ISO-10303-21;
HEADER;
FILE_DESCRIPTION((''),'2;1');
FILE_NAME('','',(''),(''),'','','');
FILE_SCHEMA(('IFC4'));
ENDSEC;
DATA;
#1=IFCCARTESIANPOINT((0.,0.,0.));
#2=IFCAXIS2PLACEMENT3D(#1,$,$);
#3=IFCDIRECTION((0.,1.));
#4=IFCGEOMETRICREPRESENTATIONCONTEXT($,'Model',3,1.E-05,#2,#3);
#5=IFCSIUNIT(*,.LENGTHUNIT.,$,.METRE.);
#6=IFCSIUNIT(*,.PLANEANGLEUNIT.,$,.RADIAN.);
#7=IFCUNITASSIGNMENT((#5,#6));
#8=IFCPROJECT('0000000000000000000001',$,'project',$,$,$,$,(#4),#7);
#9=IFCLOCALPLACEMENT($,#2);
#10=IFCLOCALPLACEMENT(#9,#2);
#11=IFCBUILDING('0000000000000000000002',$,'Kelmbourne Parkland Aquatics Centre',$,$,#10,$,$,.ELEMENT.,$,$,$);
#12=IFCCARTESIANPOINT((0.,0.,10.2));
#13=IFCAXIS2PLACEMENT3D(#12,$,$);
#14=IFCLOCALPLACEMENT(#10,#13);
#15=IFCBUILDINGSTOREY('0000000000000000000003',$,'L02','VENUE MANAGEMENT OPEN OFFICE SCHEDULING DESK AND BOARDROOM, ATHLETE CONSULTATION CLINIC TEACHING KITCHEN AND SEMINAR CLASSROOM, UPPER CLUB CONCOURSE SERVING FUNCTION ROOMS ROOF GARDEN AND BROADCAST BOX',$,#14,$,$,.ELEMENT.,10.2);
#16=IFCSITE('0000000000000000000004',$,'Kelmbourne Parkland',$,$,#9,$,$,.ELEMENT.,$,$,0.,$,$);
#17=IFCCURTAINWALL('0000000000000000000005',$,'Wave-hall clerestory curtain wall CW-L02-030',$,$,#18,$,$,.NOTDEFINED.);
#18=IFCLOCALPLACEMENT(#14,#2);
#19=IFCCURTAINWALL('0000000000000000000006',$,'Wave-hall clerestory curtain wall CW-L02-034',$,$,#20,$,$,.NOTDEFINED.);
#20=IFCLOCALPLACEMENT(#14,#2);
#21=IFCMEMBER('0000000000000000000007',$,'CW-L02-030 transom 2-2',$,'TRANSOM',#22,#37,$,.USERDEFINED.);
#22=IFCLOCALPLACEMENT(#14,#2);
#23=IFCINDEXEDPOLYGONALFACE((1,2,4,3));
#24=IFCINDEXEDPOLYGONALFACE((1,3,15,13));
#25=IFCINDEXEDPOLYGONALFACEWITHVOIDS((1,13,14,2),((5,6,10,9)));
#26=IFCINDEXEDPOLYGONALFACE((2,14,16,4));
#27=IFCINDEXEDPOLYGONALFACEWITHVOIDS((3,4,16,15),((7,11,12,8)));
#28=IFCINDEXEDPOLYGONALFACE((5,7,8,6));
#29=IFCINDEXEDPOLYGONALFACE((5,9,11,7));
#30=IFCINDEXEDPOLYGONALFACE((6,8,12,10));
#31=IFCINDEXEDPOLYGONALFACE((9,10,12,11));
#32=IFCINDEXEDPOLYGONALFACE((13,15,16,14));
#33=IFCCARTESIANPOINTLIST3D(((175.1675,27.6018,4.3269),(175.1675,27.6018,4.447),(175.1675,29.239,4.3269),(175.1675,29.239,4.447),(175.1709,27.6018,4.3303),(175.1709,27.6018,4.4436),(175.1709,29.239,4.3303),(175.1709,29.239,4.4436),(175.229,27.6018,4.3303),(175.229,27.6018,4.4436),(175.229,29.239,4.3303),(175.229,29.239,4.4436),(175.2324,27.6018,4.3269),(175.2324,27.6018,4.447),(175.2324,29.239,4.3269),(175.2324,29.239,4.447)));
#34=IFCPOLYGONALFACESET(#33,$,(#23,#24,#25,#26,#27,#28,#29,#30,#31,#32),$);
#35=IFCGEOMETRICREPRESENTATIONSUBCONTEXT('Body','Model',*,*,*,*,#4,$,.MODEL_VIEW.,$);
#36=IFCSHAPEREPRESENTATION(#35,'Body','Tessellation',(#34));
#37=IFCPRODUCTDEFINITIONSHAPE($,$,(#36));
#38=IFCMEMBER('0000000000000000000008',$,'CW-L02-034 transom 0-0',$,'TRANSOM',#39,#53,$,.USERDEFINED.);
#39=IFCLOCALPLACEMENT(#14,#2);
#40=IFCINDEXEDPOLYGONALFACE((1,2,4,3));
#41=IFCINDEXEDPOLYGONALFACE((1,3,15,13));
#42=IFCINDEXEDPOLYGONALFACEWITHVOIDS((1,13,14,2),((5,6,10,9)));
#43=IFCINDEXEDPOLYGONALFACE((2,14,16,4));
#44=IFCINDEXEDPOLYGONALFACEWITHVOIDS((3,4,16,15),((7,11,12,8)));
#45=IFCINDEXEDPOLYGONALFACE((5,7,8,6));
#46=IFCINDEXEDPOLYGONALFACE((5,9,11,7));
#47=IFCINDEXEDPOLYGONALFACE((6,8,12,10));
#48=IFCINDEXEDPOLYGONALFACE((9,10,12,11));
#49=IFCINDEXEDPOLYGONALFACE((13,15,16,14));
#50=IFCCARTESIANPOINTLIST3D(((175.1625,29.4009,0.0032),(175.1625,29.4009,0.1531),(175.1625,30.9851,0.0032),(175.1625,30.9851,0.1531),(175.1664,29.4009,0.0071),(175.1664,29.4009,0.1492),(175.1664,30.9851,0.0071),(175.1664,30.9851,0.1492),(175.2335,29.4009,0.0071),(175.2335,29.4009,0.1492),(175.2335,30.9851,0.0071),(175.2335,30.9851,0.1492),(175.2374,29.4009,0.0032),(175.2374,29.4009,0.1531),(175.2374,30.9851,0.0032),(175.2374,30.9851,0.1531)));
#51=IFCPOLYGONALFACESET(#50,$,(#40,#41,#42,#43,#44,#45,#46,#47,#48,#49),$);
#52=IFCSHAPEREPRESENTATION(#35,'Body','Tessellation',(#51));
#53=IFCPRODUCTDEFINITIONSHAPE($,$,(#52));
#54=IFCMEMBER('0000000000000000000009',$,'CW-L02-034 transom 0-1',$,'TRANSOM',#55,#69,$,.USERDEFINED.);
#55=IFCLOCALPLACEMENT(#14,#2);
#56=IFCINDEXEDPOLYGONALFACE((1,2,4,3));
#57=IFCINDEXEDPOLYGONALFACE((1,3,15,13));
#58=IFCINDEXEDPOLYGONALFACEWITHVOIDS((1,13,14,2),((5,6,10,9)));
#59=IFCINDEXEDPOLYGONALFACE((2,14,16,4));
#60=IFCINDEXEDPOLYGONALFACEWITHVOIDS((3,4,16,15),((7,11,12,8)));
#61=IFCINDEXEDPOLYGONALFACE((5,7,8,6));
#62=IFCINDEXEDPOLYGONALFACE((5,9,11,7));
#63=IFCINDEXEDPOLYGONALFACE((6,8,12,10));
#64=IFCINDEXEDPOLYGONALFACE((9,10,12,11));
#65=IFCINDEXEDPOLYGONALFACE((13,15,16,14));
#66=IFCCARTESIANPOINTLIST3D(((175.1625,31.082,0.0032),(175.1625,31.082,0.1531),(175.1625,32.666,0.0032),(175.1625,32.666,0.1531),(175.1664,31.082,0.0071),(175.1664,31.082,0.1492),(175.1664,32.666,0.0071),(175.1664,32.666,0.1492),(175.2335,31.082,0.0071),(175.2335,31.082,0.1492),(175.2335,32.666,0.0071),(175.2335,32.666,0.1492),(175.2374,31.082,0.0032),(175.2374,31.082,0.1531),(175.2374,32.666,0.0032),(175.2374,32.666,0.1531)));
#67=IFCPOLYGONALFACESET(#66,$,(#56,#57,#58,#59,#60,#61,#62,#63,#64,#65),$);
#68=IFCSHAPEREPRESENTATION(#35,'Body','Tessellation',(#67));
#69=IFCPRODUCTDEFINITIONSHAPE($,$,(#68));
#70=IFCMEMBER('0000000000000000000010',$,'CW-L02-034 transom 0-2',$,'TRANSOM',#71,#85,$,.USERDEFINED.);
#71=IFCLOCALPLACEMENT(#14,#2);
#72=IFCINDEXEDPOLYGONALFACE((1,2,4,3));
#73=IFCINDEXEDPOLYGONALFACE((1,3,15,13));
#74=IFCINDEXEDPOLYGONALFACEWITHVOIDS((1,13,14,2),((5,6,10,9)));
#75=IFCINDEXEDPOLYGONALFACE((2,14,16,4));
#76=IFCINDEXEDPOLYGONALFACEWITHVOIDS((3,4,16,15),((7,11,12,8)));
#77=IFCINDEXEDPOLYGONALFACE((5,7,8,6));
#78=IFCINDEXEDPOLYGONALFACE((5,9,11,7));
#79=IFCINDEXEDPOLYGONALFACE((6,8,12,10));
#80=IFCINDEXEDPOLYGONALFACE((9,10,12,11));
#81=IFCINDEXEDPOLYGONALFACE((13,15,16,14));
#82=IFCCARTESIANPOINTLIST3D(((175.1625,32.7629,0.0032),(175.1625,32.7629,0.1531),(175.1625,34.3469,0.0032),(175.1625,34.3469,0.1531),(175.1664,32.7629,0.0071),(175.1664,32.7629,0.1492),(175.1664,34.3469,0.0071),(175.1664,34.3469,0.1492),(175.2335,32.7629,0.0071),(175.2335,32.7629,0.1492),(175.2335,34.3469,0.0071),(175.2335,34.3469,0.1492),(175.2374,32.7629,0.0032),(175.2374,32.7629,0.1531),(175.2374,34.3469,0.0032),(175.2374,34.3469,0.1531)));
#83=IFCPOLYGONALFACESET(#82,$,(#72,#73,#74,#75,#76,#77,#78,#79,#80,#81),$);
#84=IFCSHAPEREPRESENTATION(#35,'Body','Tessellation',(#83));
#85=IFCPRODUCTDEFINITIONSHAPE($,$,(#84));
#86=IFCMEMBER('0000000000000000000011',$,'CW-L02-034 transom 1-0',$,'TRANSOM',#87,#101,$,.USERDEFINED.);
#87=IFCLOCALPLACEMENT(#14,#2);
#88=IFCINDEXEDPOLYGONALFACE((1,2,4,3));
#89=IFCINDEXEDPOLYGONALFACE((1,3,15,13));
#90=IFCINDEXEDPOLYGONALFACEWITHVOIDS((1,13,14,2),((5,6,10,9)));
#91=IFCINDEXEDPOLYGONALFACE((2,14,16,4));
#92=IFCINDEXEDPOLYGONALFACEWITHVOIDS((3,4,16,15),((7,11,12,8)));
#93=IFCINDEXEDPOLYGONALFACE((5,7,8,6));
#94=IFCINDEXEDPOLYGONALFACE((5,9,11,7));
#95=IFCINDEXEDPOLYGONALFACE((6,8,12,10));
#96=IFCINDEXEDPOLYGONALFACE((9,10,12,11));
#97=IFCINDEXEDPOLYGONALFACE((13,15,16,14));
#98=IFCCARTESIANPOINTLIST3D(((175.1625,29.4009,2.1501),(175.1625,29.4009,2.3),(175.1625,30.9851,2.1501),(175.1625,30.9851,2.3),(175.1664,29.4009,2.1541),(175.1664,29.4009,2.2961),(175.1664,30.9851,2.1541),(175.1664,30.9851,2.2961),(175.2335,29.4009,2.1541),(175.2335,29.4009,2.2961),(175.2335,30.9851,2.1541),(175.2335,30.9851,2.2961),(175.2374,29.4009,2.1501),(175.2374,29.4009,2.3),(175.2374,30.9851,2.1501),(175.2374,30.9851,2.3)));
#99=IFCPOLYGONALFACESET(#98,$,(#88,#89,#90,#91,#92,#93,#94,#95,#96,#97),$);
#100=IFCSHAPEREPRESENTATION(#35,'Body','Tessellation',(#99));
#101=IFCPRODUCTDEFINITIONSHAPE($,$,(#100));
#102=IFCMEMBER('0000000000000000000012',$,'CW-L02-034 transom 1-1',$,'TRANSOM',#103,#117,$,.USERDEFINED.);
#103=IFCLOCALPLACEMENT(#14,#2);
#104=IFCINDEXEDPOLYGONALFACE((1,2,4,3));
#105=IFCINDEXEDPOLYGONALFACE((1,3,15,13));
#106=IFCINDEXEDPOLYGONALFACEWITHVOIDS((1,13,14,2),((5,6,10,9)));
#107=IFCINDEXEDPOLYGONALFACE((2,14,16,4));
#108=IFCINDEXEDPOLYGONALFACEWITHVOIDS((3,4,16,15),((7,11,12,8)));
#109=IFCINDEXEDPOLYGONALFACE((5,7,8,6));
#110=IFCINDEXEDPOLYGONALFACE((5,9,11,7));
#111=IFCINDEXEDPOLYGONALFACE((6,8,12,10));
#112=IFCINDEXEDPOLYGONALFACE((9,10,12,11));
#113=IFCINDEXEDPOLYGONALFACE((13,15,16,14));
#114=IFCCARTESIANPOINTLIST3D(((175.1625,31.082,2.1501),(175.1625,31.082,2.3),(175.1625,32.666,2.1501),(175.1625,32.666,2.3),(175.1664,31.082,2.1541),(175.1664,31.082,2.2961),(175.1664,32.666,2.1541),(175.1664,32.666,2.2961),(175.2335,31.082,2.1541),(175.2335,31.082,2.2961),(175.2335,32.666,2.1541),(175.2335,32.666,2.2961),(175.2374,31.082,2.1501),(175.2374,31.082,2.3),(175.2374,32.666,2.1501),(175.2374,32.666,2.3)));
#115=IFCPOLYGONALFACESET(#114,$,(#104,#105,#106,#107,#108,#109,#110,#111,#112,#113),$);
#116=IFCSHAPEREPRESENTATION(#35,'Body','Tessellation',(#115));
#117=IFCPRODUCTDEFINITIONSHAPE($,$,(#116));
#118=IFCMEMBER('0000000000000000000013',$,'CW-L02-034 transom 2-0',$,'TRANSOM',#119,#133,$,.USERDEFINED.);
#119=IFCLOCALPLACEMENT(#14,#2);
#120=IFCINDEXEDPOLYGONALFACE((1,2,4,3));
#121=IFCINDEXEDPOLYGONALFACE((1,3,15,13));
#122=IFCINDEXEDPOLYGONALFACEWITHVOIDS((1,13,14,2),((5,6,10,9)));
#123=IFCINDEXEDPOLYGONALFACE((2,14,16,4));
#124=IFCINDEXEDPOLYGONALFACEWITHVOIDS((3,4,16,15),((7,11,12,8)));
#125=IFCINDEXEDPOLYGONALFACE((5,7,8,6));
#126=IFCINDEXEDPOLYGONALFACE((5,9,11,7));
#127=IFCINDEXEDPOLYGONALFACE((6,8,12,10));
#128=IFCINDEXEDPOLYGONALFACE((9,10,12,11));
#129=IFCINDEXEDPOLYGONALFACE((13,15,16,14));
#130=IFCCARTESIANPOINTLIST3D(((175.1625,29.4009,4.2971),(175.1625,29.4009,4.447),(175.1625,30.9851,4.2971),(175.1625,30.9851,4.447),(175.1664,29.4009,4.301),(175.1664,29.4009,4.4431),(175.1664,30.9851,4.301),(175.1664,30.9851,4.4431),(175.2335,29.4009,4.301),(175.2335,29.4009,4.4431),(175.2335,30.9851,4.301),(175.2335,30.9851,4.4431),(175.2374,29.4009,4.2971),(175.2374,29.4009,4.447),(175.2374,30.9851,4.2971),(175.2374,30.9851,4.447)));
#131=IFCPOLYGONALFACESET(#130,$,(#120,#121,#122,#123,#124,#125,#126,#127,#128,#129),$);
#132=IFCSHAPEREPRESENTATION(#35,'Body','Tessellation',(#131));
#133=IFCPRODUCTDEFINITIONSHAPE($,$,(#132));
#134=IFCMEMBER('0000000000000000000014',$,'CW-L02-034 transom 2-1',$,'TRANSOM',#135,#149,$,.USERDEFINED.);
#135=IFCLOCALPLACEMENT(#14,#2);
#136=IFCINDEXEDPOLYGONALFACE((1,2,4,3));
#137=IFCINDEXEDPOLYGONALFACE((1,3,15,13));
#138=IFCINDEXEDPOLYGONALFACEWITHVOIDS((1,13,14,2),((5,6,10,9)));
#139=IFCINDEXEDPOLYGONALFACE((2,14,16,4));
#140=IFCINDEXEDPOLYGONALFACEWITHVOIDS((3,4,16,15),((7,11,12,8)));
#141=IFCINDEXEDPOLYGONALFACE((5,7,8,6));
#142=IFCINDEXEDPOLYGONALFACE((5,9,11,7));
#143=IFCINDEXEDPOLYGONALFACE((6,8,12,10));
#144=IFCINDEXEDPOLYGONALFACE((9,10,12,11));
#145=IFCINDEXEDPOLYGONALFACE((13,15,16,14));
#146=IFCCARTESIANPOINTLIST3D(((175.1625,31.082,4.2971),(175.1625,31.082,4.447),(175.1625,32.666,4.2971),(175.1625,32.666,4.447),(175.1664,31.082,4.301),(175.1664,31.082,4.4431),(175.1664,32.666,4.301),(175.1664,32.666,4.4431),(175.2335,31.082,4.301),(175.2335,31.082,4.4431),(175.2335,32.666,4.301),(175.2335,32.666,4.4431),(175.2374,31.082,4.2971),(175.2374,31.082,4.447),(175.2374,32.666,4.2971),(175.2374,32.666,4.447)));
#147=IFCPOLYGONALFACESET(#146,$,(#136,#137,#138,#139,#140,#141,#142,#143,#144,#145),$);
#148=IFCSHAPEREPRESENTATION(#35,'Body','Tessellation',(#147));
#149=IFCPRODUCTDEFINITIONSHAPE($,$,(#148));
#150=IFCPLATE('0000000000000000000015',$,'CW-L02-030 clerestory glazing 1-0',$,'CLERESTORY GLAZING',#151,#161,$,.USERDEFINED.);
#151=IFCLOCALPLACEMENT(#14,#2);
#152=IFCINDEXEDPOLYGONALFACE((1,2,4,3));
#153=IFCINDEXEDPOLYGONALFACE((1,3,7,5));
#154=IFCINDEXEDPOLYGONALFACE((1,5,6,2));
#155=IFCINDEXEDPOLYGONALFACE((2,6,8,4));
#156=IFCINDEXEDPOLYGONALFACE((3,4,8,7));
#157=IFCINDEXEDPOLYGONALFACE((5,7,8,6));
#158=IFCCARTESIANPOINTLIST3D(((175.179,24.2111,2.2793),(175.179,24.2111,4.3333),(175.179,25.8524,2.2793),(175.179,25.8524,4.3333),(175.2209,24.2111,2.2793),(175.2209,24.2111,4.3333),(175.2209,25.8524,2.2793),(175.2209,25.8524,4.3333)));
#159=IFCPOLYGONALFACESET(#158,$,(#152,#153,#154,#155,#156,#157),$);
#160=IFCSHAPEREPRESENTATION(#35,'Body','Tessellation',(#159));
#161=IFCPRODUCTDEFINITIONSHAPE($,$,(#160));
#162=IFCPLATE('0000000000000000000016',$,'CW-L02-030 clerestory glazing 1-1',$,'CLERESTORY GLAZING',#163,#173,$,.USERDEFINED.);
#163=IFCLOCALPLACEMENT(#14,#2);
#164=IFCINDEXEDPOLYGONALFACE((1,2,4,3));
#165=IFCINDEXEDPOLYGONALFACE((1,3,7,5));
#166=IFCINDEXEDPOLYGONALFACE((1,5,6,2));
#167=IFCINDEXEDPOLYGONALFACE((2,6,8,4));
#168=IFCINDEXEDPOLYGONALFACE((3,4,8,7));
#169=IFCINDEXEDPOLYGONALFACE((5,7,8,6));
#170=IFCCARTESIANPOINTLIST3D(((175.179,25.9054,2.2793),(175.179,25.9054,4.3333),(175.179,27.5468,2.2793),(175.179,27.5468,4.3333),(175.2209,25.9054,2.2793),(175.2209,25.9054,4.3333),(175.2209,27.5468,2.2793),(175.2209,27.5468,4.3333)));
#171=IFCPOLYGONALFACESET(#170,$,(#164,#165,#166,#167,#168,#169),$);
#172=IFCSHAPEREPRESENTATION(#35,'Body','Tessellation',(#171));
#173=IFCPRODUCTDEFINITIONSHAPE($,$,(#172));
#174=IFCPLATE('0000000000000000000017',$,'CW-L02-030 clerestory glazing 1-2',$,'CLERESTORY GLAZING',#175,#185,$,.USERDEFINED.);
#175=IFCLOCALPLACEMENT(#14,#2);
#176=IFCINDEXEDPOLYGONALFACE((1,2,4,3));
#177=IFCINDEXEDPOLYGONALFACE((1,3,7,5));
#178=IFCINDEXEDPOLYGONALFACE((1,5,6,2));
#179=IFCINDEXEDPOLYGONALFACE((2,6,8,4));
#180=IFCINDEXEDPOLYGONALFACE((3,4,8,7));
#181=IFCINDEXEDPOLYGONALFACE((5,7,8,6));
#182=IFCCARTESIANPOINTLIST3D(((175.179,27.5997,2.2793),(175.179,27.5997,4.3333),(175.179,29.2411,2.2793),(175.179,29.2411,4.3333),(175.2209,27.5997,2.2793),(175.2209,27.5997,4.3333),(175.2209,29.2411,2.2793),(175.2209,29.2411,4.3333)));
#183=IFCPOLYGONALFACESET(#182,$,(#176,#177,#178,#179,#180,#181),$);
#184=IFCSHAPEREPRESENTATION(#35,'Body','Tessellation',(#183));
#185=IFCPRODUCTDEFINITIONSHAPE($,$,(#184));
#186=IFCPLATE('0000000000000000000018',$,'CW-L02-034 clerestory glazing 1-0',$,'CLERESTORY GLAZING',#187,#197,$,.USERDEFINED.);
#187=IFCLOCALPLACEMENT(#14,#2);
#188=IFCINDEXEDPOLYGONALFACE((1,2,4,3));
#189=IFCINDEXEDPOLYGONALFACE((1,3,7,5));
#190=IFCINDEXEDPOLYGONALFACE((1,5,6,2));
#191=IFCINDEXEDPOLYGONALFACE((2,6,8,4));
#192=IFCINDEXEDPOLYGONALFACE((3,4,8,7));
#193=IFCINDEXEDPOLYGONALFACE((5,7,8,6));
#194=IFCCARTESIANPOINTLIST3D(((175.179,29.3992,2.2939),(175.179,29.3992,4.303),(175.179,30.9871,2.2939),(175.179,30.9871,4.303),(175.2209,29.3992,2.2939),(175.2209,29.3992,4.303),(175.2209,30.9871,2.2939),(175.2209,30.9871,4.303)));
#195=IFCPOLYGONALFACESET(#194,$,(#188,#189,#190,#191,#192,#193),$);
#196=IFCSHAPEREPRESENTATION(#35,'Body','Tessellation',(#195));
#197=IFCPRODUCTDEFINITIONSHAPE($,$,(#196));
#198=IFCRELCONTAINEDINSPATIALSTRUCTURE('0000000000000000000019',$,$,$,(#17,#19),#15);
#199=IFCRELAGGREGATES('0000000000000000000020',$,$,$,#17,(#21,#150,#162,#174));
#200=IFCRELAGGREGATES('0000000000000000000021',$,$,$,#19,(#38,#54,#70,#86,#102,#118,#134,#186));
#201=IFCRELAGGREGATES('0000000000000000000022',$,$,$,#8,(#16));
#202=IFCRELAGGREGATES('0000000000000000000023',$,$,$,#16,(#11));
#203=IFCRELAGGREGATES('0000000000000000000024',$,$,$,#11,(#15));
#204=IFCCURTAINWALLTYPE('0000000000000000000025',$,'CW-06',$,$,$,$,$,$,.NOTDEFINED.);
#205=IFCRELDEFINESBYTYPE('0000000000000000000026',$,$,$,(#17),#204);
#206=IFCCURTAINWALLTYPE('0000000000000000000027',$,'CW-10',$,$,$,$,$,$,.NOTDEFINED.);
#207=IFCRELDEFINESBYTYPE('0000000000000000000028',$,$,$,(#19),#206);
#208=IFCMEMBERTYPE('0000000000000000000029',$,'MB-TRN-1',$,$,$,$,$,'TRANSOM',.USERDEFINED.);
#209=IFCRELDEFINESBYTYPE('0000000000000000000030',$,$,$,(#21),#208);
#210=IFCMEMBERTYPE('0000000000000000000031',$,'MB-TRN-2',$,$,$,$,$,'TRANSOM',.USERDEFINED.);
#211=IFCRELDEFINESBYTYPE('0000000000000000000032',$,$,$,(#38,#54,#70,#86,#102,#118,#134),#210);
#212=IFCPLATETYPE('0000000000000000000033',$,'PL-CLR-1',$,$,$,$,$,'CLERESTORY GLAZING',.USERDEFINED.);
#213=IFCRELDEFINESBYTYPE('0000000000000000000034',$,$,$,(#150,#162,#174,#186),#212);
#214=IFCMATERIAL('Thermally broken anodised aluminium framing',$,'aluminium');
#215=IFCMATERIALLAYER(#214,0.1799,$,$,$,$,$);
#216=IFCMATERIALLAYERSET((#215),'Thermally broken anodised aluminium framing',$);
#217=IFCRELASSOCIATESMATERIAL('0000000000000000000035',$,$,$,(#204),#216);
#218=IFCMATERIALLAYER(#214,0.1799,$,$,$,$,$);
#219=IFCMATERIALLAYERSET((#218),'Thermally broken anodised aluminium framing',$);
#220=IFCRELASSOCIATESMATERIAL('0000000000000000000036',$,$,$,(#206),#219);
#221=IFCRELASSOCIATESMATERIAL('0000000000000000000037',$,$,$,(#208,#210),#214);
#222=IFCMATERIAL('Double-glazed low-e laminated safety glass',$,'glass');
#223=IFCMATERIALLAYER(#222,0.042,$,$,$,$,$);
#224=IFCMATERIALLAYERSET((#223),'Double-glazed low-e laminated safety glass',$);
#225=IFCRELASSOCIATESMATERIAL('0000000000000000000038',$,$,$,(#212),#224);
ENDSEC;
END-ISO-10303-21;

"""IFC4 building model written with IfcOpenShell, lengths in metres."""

from ifc_helpers import new_model, si_unit, direction, frame, origin, origin_2d, place, context, subcontext, project, spatial, rectangle, hollow_rectangle, extrude, material, layer, layer_set, material_profile, profile_set, type_object, element, aggregate, save


model = new_model("IFC4")

# Units and contexts
model_context = context("Model", 3, precision=1e-05, world=origin(), true_north=direction((0.0, 1.0)))
body_context = subcontext(model_context, "Body", "Model", "MODEL_VIEW")
ifc_project = project(units=[si_unit("LENGTHUNIT", "METRE"), si_unit("PLANEANGLEUNIT", "RADIAN")], contexts=[model_context])

# Site, building, storey
site_placement = place(None, origin())
site = spatial("IfcSite", under=ifc_project, at=site_placement, Name="Kelmbourne Parkland", CompositionType="ELEMENT", RefElevation=0.0)
building_placement = place(site_placement, origin())
building = spatial("IfcBuilding", under=site, at=building_placement, Name="Kelmbourne Parkland Aquatics Centre", CompositionType="ELEMENT")
storey_placement = place(building_placement, frame((0.0, 0.0, 10.2)))
storey = spatial("IfcBuildingStorey", under=building, at=storey_placement, Name="L02", Description="VENUE MANAGEMENT OPEN OFFICE SCHEDULING DESK AND BOARDROOM, ATHLETE CONSULTATION CLINIC TEACHING KITCHEN AND SEMINAR CLASSROOM, UPPER CLUB CONCOURSE SERVING FUNCTION ROOMS ROOF GARDEN AND BROADCAST BOX", CompositionType="ELEMENT", Elevation=10.2)

# Curtain walls
ifc_material_1 = material(Name="Thermally broken anodised aluminium framing", Category="aluminium")
ifc_layer_1 = layer(ifc_material_1, 0.1799)
ifc_layer_set_1 = layer_set([ifc_layer_1], Name="Thermally broken anodised aluminium framing")
curtain_wall_type_1 = type_object("IfcCurtainWallType", Name="CW-06", PredefinedType="NOTDEFINED", material=ifc_layer_set_1)
curtain_wall_1_placement = place(storey_placement, origin())
curtain_wall_1 = element("IfcCurtainWall", 1, at=curtain_wall_1_placement, inside=storey, type_object=curtain_wall_type_1, Name="Wave-hall clerestory curtain wall CW-L02-030", PredefinedType="NOTDEFINED")
ifc_layer_2 = layer(ifc_material_1, 0.1799)
ifc_layer_set_2 = layer_set([ifc_layer_2], Name="Thermally broken anodised aluminium framing")
curtain_wall_type_2 = type_object("IfcCurtainWallType", Name="CW-10", PredefinedType="NOTDEFINED", material=ifc_layer_set_2)
curtain_wall_2_placement = place(storey_placement, origin())
curtain_wall_2 = element("IfcCurtainWall", 2, at=curtain_wall_2_placement, inside=storey, type_object=curtain_wall_type_2, Name="Wave-hall clerestory curtain wall CW-L02-034", PredefinedType="NOTDEFINED")

# Members
ifc_material_profile_1 = material_profile(ifc_material_1, hollow_rectangle(XDim=0.0649, YDim=0.1201, WallThickness=0.0034, at=origin_2d()), Name="CW-T 65x120")
ifc_profile_set_1 = profile_set([ifc_material_profile_1], Name="Thermally broken anodised aluminium framing")
member_type_1 = type_object("IfcMemberType", Name="MB-TRN-1", ElementType="TRANSOM", PredefinedType="USERDEFINED", material=ifc_profile_set_1)
member_1_placement = place(storey_placement, frame((175.2, 27.6018, 4.387), z_axis=(0.0, 1.0, 0.0), x_axis=(-1.0, 0.0, 0.0)))
member_1 = element("IfcMember", 3, at=member_1_placement, type_object=member_type_1, Name="CW-L02-030 transom 2-2", ObjectType="TRANSOM", PredefinedType="USERDEFINED", context=body_context, shape_type="SweptSolid", body=[
    extrude(hollow_rectangle(XDim=0.0649, YDim=0.1201, WallThickness=0.0034, at=origin_2d()), origin(), (0.0, 0.0, 1.0), 1.6372),
])
ifc_material_profile_2 = material_profile(ifc_material_1, hollow_rectangle(XDim=0.075, YDim=0.1499, WallThickness=0.0039, at=origin_2d()), Name="CW-T 75x150")
ifc_profile_set_2 = profile_set([ifc_material_profile_2], Name="Thermally broken anodised aluminium framing")
member_type_2 = type_object("IfcMemberType", Name="MB-TRN-2", ElementType="TRANSOM", PredefinedType="USERDEFINED", material=ifc_profile_set_2)
member_2_placement = place(storey_placement, frame((175.2, 29.4009, 0.0781), z_axis=(0.0, 1.0, 0.0), x_axis=(-1.0, 0.0, 0.0)))
member_2 = element("IfcMember", 4, at=member_2_placement, type_object=member_type_2, Name="CW-L02-034 transom 0-0", ObjectType="TRANSOM", PredefinedType="USERDEFINED", context=body_context, shape_type="SweptSolid", body=[
    extrude(hollow_rectangle(XDim=0.075, YDim=0.1499, WallThickness=0.0039, at=origin_2d()), origin(), (0.0, 0.0, 1.0), 1.5842),
])
member_3_placement = place(storey_placement, frame((175.2, 31.082, 0.0781), z_axis=(0.0, 1.0, 0.0), x_axis=(-1.0, 0.0, 0.0)))
member_3 = element("IfcMember", 5, at=member_3_placement, type_object=member_type_2, Name="CW-L02-034 transom 0-1", ObjectType="TRANSOM", PredefinedType="USERDEFINED", context=body_context, shape_type="SweptSolid", body=[
    extrude(hollow_rectangle(XDim=0.075, YDim=0.1499, WallThickness=0.0039, at=origin_2d()), origin(), (0.0, 0.0, 1.0), 1.584),
])
member_4_placement = place(storey_placement, frame((175.2, 32.7629, 0.0781), z_axis=(0.0, 1.0, 0.0), x_axis=(-1.0, 0.0, 0.0)))
member_4 = element("IfcMember", 6, at=member_4_placement, type_object=member_type_2, Name="CW-L02-034 transom 0-2", ObjectType="TRANSOM", PredefinedType="USERDEFINED", context=body_context, shape_type="SweptSolid", body=[
    extrude(hollow_rectangle(XDim=0.075, YDim=0.1499, WallThickness=0.0039, at=origin_2d()), origin(), (0.0, 0.0, 1.0), 1.584),
])
member_5_placement = place(storey_placement, frame((175.2, 29.4009, 2.2251), z_axis=(0.0, 1.0, 0.0), x_axis=(-1.0, 0.0, 0.0)))
member_5 = element("IfcMember", 7, at=member_5_placement, type_object=member_type_2, Name="CW-L02-034 transom 1-0", ObjectType="TRANSOM", PredefinedType="USERDEFINED", context=body_context, shape_type="SweptSolid", body=[
    extrude(hollow_rectangle(XDim=0.075, YDim=0.1499, WallThickness=0.0039, at=origin_2d()), origin(), (0.0, 0.0, 1.0), 1.5842),
])
member_6_placement = place(storey_placement, frame((175.2, 31.082, 2.2251), z_axis=(0.0, 1.0, 0.0), x_axis=(-1.0, 0.0, 0.0)))
member_6 = element("IfcMember", 8, at=member_6_placement, type_object=member_type_2, Name="CW-L02-034 transom 1-1", ObjectType="TRANSOM", PredefinedType="USERDEFINED", context=body_context, shape_type="SweptSolid", body=[
    extrude(hollow_rectangle(XDim=0.075, YDim=0.1499, WallThickness=0.0039, at=origin_2d()), origin(), (0.0, 0.0, 1.0), 1.584),
])
member_7_placement = place(storey_placement, frame((175.2, 29.4009, 4.3721), z_axis=(0.0, 1.0, 0.0), x_axis=(-1.0, 0.0, 0.0)))
member_7 = element("IfcMember", 9, at=member_7_placement, type_object=member_type_2, Name="CW-L02-034 transom 2-0", ObjectType="TRANSOM", PredefinedType="USERDEFINED", context=body_context, shape_type="SweptSolid", body=[
    extrude(hollow_rectangle(XDim=0.075, YDim=0.1499, WallThickness=0.0039, at=origin_2d()), origin(), (0.0, 0.0, 1.0), 1.5842),
])
member_8_placement = place(storey_placement, frame((175.2, 31.082, 4.3721), z_axis=(0.0, 1.0, 0.0), x_axis=(-1.0, 0.0, 0.0)))
member_8 = element("IfcMember", 10, at=member_8_placement, type_object=member_type_2, Name="CW-L02-034 transom 2-1", ObjectType="TRANSOM", PredefinedType="USERDEFINED", context=body_context, shape_type="SweptSolid", body=[
    extrude(hollow_rectangle(XDim=0.075, YDim=0.1499, WallThickness=0.0039, at=origin_2d()), origin(), (0.0, 0.0, 1.0), 1.584),
])

# Plates
ifc_material_2 = material(Name="Double-glazed low-e laminated safety glass", Category="glass")
ifc_layer_3 = layer(ifc_material_2, 0.042)
ifc_layer_set_3 = layer_set([ifc_layer_3], Name="Double-glazed low-e laminated safety glass")
plate_type_1 = type_object("IfcPlateType", Name="PL-CLR-1", ElementType="CLERESTORY GLAZING", PredefinedType="USERDEFINED", material=ifc_layer_set_3)
plate_1_placement = place(storey_placement, frame((175.2, 25.0317, 2.2793), z_axis=(0.0, 0.0, 1.0), x_axis=(0.0, 1.0, 0.0)))
plate_1 = element("IfcPlate", 11, at=plate_1_placement, type_object=plate_type_1, Name="CW-L02-030 clerestory glazing 1-0", ObjectType="CLERESTORY GLAZING", PredefinedType="USERDEFINED", context=body_context, shape_type="SweptSolid", body=[
    extrude(rectangle(XDim=1.6414, YDim=0.042, at=origin_2d()), origin(), (0.0, 0.0, 1.0), 2.054),
])
plate_2_placement = place(storey_placement, frame((175.2, 26.7261, 2.2793), z_axis=(0.0, 0.0, 1.0), x_axis=(0.0, 1.0, 0.0)))
plate_2 = element("IfcPlate", 12, at=plate_2_placement, type_object=plate_type_1, Name="CW-L02-030 clerestory glazing 1-1", ObjectType="CLERESTORY GLAZING", PredefinedType="USERDEFINED", context=body_context, shape_type="SweptSolid", body=[
    extrude(rectangle(XDim=1.6414, YDim=0.042, at=origin_2d()), origin(), (0.0, 0.0, 1.0), 2.054),
])
plate_3_placement = place(storey_placement, frame((175.2, 28.4204, 2.2793), z_axis=(0.0, 0.0, 1.0), x_axis=(0.0, 1.0, 0.0)))
plate_3 = element("IfcPlate", 13, at=plate_3_placement, type_object=plate_type_1, Name="CW-L02-030 clerestory glazing 1-2", ObjectType="CLERESTORY GLAZING", PredefinedType="USERDEFINED", context=body_context, shape_type="SweptSolid", body=[
    extrude(rectangle(XDim=1.6414, YDim=0.042, at=origin_2d()), origin(), (0.0, 0.0, 1.0), 2.054),
])
plate_4_placement = place(storey_placement, frame((175.2, 30.1931, 2.2939), z_axis=(0.0, 0.0, 1.0), x_axis=(0.0, 1.0, 0.0)))
plate_4 = element("IfcPlate", 14, at=plate_4_placement, type_object=plate_type_1, Name="CW-L02-034 clerestory glazing 1-0", ObjectType="CLERESTORY GLAZING", PredefinedType="USERDEFINED", context=body_context, shape_type="SweptSolid", body=[
    extrude(rectangle(XDim=1.5879, YDim=0.042, at=origin_2d()), origin(), (0.0, 0.0, 1.0), 2.009),
])
aggregate(curtain_wall_1, [member_1, plate_1, plate_2, plate_3])
aggregate(curtain_wall_2, [member_2, member_3, member_4, member_5, member_6, member_7, member_8, plate_4])

save(model, "model.ifc")
